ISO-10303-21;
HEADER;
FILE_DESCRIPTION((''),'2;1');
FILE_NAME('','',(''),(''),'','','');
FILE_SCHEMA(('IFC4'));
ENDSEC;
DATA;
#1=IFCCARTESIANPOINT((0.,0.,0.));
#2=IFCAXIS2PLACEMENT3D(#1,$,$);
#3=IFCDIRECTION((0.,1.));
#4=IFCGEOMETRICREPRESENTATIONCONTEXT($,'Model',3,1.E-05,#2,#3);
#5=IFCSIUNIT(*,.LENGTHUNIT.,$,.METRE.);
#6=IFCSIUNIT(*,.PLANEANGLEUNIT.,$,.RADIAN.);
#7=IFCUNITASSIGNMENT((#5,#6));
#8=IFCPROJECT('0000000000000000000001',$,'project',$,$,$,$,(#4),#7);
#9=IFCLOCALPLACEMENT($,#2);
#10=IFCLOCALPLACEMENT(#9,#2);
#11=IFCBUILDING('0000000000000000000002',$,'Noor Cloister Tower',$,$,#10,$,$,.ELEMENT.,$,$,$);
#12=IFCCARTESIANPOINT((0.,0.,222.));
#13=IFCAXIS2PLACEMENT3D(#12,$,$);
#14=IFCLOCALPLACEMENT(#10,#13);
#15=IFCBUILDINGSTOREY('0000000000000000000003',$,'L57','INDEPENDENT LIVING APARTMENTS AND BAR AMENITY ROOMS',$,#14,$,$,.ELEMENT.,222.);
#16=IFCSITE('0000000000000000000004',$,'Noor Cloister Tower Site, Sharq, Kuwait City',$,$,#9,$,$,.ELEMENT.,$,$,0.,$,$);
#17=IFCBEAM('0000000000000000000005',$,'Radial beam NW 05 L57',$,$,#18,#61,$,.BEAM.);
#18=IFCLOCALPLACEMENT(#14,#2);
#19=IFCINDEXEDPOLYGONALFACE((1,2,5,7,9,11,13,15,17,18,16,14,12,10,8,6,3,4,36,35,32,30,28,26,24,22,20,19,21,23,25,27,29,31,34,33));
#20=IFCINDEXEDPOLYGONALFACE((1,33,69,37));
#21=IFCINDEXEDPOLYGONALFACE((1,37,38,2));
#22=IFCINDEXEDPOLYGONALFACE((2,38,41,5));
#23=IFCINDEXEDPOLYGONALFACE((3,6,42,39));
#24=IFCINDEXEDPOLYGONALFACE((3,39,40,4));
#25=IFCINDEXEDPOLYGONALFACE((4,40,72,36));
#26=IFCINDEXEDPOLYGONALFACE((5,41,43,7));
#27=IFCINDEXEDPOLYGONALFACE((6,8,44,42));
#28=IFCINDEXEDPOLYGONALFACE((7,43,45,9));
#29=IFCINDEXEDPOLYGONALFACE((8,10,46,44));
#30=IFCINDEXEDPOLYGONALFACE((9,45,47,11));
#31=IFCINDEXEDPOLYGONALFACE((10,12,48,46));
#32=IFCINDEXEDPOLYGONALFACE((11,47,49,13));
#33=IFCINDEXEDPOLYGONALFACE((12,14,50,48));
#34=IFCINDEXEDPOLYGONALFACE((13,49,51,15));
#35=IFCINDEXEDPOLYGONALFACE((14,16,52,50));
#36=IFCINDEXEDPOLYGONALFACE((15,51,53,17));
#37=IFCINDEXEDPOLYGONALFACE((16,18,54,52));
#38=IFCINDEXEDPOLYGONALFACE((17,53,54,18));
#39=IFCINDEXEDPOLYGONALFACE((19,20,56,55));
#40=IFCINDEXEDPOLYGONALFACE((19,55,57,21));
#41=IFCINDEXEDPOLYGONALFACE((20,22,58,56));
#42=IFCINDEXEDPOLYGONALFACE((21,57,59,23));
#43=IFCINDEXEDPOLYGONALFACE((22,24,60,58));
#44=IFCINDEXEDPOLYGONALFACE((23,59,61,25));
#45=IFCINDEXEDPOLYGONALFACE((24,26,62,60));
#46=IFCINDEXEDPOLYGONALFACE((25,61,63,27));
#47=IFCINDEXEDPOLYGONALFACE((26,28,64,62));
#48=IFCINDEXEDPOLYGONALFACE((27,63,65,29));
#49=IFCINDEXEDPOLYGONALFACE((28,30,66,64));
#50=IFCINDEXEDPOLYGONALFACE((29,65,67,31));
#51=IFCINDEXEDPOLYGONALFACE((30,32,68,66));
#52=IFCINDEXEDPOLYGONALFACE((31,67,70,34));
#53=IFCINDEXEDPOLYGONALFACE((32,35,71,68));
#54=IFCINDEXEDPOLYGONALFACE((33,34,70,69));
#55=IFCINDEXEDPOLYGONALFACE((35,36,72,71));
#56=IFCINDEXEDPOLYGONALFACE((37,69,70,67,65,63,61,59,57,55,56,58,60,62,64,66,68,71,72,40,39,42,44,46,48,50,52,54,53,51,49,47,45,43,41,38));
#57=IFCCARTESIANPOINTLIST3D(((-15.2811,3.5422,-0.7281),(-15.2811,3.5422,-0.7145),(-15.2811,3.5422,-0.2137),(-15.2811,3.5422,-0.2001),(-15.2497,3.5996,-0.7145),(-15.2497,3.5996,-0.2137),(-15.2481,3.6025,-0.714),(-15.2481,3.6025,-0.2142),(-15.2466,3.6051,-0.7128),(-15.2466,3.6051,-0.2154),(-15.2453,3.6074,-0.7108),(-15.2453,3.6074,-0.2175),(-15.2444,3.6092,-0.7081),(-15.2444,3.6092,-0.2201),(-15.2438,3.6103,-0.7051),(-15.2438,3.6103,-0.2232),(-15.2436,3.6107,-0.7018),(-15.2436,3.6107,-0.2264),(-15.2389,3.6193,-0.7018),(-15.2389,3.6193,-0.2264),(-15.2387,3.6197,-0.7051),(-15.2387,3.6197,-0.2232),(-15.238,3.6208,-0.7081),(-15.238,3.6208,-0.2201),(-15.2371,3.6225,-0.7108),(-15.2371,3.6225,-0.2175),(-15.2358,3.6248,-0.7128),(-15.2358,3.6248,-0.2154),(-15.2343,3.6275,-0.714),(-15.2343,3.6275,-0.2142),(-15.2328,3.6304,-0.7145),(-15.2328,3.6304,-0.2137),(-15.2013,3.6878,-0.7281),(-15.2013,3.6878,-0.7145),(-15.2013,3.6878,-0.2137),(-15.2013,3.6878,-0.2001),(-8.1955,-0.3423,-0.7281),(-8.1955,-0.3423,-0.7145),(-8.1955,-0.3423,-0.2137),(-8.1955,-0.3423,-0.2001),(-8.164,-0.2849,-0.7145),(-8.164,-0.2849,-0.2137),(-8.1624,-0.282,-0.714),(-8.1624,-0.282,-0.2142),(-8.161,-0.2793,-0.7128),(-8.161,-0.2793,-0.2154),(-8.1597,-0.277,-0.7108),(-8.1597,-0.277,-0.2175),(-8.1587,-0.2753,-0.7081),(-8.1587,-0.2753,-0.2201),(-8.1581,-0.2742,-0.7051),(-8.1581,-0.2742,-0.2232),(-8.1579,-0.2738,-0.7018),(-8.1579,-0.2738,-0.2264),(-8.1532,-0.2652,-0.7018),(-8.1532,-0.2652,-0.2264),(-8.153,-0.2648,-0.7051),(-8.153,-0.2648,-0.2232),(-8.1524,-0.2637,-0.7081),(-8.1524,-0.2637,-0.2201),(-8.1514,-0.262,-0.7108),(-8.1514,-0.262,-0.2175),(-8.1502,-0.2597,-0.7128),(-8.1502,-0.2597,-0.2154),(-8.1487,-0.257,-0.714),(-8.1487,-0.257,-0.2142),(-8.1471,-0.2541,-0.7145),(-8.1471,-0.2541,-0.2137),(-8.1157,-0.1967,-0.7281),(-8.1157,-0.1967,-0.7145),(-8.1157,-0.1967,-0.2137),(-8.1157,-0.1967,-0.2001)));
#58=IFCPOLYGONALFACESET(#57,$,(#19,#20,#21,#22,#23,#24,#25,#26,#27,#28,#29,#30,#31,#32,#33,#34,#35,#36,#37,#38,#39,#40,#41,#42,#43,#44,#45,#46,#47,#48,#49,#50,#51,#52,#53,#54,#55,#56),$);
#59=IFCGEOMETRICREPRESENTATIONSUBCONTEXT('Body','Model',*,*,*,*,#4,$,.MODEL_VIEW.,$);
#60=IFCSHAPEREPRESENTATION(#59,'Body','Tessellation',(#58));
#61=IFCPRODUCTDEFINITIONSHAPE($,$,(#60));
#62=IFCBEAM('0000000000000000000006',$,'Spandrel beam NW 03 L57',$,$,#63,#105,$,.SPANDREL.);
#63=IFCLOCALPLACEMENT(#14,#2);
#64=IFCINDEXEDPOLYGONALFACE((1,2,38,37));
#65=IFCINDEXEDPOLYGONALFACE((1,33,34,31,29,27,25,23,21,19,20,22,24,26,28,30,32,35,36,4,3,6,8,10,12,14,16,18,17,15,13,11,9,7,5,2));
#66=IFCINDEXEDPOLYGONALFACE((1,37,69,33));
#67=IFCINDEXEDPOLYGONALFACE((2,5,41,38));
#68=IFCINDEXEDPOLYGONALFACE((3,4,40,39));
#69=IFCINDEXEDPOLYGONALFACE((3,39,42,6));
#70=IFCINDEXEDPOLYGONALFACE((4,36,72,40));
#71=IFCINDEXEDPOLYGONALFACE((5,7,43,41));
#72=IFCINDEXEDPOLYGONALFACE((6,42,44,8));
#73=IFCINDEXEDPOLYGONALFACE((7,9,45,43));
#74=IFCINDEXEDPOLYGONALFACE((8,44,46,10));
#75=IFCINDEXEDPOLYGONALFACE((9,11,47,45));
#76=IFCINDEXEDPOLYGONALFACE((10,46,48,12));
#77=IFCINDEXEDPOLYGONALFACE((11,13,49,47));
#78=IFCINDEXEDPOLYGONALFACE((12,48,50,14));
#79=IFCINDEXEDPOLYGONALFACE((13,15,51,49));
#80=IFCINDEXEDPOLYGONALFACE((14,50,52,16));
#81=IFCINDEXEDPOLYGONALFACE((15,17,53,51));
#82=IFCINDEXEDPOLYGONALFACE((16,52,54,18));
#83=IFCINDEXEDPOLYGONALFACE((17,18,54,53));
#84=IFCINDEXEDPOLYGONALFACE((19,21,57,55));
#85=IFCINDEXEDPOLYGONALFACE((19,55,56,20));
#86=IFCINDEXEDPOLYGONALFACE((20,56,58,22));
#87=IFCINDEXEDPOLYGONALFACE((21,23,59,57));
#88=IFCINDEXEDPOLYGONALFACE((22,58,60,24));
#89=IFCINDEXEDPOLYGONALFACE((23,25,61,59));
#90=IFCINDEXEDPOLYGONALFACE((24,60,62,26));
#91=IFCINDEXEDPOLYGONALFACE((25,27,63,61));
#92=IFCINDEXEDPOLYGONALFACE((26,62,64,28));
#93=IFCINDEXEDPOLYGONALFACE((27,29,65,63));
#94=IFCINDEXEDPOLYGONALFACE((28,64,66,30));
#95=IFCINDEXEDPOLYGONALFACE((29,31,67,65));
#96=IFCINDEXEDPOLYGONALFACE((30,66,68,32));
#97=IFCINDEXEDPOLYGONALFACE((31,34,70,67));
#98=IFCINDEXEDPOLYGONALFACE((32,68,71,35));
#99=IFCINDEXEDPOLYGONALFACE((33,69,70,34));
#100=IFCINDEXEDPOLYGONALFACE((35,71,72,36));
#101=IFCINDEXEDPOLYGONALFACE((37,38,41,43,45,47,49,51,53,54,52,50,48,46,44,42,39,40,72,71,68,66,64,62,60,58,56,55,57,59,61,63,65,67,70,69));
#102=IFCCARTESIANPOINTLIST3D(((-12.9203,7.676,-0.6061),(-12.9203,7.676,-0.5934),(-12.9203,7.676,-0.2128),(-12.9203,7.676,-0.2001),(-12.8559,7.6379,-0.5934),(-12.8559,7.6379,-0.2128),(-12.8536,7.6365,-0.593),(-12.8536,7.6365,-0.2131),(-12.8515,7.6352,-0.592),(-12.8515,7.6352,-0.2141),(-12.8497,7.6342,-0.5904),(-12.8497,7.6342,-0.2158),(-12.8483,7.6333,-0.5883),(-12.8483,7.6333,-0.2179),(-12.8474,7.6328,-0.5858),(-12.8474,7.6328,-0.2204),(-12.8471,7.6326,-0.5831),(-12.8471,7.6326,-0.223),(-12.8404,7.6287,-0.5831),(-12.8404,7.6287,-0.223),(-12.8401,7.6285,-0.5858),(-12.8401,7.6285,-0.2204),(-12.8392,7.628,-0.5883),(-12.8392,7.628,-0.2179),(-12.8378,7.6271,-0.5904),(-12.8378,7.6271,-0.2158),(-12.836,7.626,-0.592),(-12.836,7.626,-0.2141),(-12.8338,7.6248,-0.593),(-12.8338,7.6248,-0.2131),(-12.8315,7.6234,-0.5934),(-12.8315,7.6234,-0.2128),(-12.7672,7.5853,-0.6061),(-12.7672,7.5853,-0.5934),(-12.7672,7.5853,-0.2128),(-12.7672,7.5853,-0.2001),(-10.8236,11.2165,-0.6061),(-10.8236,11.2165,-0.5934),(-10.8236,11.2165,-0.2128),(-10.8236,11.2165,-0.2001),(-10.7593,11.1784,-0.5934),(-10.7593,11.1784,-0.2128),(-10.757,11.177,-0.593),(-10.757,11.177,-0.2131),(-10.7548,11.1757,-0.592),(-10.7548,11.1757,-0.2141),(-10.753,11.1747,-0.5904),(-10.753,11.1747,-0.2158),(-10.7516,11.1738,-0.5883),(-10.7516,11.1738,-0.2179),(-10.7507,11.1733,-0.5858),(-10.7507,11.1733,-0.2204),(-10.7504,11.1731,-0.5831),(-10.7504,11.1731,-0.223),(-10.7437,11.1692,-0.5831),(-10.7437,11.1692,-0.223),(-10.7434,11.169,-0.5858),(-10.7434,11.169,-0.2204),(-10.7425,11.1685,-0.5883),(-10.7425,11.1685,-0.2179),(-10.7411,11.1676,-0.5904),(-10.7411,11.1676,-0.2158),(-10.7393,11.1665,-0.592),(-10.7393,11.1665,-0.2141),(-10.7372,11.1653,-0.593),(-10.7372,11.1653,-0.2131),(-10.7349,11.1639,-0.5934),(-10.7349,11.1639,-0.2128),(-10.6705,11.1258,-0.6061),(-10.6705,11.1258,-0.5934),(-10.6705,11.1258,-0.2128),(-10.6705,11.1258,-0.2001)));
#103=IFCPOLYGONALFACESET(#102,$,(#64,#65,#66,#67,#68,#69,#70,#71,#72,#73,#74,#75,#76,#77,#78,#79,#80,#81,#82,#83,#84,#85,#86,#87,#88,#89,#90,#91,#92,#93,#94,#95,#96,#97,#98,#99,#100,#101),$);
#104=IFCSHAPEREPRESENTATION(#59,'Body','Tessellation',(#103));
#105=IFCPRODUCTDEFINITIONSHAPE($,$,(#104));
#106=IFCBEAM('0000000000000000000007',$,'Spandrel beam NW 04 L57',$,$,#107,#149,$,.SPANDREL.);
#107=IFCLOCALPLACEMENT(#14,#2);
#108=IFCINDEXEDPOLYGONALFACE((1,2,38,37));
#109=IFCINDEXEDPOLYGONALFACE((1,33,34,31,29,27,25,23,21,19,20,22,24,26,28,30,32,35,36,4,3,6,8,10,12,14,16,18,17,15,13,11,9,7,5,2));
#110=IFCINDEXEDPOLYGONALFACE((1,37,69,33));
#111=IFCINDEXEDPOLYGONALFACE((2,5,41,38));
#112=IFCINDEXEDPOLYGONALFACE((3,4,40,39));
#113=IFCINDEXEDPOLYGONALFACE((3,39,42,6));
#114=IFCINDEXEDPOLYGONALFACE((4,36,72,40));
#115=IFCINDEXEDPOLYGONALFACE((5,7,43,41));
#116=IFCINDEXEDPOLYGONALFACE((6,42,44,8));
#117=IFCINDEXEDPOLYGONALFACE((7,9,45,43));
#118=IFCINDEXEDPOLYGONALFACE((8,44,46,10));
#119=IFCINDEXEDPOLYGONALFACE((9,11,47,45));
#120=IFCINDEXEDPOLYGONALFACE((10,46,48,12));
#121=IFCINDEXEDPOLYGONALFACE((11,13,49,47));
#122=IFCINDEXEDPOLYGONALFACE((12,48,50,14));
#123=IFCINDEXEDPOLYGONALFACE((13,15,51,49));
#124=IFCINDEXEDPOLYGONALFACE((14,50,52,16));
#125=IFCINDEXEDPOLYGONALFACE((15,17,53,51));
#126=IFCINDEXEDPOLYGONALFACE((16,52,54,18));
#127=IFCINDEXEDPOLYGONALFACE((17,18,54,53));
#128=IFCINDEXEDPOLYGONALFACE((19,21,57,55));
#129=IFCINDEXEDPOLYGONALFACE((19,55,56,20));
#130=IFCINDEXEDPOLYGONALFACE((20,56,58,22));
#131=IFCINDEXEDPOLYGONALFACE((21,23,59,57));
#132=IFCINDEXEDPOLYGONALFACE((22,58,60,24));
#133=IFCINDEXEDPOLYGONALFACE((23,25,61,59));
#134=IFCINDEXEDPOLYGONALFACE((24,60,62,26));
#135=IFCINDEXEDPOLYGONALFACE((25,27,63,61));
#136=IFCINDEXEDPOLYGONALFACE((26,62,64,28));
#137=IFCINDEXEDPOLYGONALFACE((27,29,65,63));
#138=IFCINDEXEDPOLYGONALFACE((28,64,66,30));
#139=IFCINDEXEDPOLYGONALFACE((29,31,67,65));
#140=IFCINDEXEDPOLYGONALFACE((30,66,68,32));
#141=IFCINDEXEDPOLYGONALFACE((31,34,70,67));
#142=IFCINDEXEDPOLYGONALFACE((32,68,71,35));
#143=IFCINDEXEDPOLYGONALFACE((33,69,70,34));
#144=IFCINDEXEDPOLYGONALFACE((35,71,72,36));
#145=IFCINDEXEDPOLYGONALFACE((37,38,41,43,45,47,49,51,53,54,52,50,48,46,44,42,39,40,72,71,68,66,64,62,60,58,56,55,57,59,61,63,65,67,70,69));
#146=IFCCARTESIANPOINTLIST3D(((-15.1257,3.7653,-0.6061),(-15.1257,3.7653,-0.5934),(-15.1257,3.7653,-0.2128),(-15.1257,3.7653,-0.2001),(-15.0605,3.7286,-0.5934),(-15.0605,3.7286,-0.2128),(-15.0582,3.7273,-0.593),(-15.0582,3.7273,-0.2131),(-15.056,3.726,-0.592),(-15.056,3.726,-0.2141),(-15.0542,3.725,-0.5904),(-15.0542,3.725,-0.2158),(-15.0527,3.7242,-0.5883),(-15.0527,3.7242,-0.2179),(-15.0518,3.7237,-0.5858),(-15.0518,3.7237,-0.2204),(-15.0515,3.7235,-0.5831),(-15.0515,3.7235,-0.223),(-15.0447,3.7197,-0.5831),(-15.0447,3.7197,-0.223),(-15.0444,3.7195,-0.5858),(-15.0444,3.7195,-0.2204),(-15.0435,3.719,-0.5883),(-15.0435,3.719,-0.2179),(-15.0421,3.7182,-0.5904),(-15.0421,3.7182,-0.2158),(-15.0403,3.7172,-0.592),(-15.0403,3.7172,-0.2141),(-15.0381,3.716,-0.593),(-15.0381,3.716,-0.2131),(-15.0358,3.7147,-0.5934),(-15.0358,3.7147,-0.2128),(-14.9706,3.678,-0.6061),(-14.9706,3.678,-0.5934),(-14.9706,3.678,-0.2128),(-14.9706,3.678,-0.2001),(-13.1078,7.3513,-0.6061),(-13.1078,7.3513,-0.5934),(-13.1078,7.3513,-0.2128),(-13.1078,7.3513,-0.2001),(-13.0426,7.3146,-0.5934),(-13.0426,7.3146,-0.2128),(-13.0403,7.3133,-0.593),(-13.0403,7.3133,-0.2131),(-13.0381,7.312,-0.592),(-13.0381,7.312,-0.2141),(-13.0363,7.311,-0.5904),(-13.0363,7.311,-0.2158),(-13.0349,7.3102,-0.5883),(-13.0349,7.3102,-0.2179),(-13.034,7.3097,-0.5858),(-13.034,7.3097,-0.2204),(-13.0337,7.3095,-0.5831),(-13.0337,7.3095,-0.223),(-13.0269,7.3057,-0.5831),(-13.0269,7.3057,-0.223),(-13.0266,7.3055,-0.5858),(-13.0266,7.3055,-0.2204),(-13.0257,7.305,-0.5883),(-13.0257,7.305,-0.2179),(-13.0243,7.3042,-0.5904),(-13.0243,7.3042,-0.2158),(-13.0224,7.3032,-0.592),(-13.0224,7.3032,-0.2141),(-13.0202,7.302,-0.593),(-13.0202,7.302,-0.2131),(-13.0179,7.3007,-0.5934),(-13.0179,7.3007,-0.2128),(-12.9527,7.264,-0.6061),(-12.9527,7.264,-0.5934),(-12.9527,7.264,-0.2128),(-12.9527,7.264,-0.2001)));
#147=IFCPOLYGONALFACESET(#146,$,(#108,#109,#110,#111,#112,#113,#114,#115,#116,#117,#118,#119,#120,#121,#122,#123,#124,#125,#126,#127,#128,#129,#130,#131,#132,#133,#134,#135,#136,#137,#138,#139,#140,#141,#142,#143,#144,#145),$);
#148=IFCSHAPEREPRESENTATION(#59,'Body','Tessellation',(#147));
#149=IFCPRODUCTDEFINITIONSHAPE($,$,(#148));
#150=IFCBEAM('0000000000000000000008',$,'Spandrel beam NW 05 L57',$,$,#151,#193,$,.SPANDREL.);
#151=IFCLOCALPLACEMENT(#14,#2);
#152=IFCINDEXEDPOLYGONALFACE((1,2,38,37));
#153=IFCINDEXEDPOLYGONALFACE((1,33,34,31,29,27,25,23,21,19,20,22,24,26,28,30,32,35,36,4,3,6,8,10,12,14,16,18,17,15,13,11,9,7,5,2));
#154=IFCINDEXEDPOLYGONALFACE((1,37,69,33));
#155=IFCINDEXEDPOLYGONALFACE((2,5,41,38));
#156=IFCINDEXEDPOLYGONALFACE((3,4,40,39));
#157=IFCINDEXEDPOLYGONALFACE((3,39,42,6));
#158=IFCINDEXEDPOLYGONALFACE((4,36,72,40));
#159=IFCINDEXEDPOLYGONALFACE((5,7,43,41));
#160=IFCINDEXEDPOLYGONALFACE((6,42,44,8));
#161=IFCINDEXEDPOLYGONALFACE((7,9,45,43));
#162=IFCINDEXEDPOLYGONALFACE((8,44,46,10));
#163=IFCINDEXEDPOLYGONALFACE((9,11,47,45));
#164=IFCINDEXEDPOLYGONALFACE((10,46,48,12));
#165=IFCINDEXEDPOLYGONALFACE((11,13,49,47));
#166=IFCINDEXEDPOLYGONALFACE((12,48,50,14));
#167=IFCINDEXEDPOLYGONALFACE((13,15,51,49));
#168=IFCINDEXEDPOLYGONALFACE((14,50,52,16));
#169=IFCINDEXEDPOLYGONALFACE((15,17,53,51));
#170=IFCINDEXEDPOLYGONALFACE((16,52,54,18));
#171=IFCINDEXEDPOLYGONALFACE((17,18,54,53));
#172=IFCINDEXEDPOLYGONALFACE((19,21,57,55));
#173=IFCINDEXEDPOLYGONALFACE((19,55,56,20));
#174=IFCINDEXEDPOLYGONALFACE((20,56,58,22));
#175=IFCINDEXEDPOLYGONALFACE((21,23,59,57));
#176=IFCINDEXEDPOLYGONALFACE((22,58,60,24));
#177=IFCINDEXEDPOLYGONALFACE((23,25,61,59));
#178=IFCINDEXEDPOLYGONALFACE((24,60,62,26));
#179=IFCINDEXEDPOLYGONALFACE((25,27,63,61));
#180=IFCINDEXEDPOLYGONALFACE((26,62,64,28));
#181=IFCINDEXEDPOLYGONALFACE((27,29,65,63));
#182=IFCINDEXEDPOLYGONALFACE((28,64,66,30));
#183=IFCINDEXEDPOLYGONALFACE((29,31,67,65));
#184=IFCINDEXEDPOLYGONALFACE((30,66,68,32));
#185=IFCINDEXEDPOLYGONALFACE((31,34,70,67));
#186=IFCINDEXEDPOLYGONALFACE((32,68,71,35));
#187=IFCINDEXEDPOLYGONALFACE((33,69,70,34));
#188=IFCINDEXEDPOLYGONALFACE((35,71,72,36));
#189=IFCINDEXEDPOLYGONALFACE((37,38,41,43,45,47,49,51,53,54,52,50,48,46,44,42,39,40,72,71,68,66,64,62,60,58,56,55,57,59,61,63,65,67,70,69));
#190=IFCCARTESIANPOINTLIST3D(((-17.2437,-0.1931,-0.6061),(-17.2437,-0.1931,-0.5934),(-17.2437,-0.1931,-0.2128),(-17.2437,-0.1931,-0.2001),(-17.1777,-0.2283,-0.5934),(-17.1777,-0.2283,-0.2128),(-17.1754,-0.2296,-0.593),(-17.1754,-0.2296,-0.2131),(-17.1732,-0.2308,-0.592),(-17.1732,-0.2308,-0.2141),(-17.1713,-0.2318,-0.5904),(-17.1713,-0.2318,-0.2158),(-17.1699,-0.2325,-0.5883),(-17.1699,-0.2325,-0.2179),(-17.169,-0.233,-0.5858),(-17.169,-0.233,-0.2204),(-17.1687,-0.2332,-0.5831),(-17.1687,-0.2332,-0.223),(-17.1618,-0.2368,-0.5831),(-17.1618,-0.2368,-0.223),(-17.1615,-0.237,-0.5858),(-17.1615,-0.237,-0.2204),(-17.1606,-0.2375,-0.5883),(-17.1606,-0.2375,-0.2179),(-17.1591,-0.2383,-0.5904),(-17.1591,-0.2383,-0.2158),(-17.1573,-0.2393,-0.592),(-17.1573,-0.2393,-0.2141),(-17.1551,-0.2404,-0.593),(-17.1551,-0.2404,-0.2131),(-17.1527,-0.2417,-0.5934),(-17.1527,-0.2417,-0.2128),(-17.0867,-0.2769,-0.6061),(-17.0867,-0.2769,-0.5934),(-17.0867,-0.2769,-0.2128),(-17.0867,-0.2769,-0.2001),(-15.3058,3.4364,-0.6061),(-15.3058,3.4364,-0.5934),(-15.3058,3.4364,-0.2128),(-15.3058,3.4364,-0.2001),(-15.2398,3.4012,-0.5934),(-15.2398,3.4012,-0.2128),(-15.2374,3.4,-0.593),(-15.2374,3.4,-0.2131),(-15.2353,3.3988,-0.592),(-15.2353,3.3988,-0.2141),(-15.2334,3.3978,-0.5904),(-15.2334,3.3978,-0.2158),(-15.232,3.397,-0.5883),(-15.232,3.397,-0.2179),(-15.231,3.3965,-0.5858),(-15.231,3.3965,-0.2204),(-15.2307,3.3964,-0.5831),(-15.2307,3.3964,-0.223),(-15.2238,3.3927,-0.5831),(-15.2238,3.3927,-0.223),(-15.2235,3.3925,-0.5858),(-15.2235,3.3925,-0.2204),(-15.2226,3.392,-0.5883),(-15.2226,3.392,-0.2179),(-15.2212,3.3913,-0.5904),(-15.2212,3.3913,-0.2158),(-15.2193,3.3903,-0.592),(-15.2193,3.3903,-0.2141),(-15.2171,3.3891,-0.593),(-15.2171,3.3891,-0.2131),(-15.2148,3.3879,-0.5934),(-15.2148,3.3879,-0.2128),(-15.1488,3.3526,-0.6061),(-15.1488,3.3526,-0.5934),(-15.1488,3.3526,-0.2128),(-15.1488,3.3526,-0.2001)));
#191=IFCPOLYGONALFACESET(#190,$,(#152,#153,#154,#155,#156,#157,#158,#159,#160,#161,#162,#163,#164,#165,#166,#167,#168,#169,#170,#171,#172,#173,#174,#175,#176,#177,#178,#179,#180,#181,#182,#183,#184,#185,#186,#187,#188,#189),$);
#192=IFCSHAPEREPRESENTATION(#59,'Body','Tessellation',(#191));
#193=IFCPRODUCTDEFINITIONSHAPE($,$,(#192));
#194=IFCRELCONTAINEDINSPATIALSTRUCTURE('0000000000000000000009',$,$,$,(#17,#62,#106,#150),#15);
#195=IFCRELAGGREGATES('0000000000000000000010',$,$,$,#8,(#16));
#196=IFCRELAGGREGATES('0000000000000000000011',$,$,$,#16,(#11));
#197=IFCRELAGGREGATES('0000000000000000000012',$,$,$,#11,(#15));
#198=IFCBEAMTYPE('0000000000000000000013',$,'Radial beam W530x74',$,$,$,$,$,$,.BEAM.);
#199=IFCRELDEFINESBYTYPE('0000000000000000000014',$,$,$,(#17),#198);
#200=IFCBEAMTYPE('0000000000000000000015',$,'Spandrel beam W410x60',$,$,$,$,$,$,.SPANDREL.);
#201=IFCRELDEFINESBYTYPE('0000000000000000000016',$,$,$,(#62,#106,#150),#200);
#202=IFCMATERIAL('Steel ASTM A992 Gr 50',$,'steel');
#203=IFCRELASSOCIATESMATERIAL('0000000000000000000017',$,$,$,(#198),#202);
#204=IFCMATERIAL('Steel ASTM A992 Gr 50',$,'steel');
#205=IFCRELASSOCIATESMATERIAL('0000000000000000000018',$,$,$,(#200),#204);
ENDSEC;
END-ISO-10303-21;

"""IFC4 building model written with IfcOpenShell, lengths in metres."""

from ifc_helpers import new_model, si_unit, direction, frame, origin, origin_2d, place, context, subcontext, project, spatial, i_section, extrude, material, material_profile, profile_set, type_object, element, save


model = new_model("IFC4")

# Units and contexts
model_context = context("Model", 3, precision=1e-05, world=origin(), true_north=direction((0.0, 1.0)))
body_context = subcontext(model_context, "Body", "Model", "MODEL_VIEW")
ifc_project = project(units=[si_unit("LENGTHUNIT", "METRE"), si_unit("PLANEANGLEUNIT", "RADIAN")], contexts=[model_context])

# Site, building, storey
site_placement = place(None, origin())
site = spatial("IfcSite", under=ifc_project, at=site_placement, Name="Noor Cloister Tower Site, Sharq, Kuwait City", CompositionType="ELEMENT", RefElevation=0.0)
building_placement = place(site_placement, origin())
building = spatial("IfcBuilding", under=site, at=building_placement, Name="Noor Cloister Tower", CompositionType="ELEMENT")
storey_placement = place(building_placement, frame((0.0, 0.0, 222.0)))
storey = spatial("IfcBuildingStorey", under=building, at=storey_placement, Name="L57", Description="INDEPENDENT LIVING APARTMENTS AND BAR AMENITY ROOMS", CompositionType="ELEMENT", Elevation=222.0)

# Beams
ifc_material_1 = material(Name="Steel ASTM A992 Gr 50", Category="steel")
ifc_material_profile_1 = material_profile(ifc_material_1, i_section(OverallWidth=0.166, OverallDepth=0.5281, WebThickness=0.0098, FlangeThickness=0.0137, FilletRadius=0.0127, at=origin_2d()), Name="W530x74")
ifc_profile_set_1 = profile_set([ifc_material_profile_1], Name="Steel ASTM A992 Gr 50")
beam_type_1 = type_object("IfcBeamType", Name="Radial beam W530x74", PredefinedType="BEAM", material=ifc_profile_set_1)
beam_1_placement = place(storey_placement, frame((-15.2412, 3.615, -0.4641), z_axis=(0.876874, -0.48072, 0.0), x_axis=(0.48072, 0.876874, 0.0)))
element("IfcBeam", 1, at=beam_1_placement, inside=storey, type_object=beam_type_1, Name="Radial beam NW 05 L57", PredefinedType="BEAM", context=body_context, shape_type="SweptSolid", body=[
    extrude(i_section(OverallWidth=0.166, OverallDepth=0.5281, WebThickness=0.0098, FlangeThickness=0.0137, FilletRadius=0.0127, at=origin_2d()), origin(), (0.0, 0.0, 1.0), 8.0806),
])
ifc_material_2 = material(Name="Steel ASTM A992 Gr 50", Category="steel")
ifc_material_profile_2 = material_profile(ifc_material_2, i_section(OverallWidth=0.178, OverallDepth=0.406, WebThickness=0.0078, FlangeThickness=0.0127, FilletRadius=0.0103, at=origin_2d()), Name="W410x60")
ifc_profile_set_2 = profile_set([ifc_material_profile_2], Name="Steel ASTM A992 Gr 50")
beam_type_2 = type_object("IfcBeamType", Name="Spandrel beam W410x60", PredefinedType="SPANDREL", material=ifc_profile_set_2)
for number, where, z_axis, x_axis, name in (
    (2, (-10.7471, 11.1711, -0.4031), (-0.509549, -0.860442, 0.0), (0.860442, -0.509549, 0.0), "Spandrel beam NW 03 L57"),
    (3, (-13.0303, 7.3076, -0.4031), (-0.490396, -0.871499, 0.0), (0.871499, -0.490396, 0.0), "Spandrel beam NW 04 L57"),
):
    element("IfcBeam", number, at=place(storey_placement, frame(where, z_axis=z_axis, x_axis=x_axis)), inside=storey, type_object=beam_type_2, Name=name, PredefinedType="SPANDREL", context=body_context, shape_type="SweptSolid", body=[
        extrude(i_section(OverallWidth=0.178, OverallDepth=0.406, WebThickness=0.0078, FlangeThickness=0.0127, FilletRadius=0.0103, at=origin_2d()), origin(), (0.0, 0.0, 1.0), 4.1147),
    ])
beam_2_placement = place(storey_placement, frame((-15.2273, 3.3945, -0.4031), z_axis=(-0.471001, -0.882133, 0.0), x_axis=(0.882133, -0.471001, 0.0)))
element("IfcBeam", 4, at=beam_2_placement, inside=storey, type_object=beam_type_2, Name="Spandrel beam NW 05 L57", PredefinedType="SPANDREL", context=body_context, shape_type="SweptSolid", body=[
    extrude(i_section(OverallWidth=0.178, OverallDepth=0.406, WebThickness=0.0078, FlangeThickness=0.0127, FilletRadius=0.0103, at=origin_2d()), origin(), (0.0, 0.0, 1.0), 4.1145),
])

save(model, "model.ifc")
